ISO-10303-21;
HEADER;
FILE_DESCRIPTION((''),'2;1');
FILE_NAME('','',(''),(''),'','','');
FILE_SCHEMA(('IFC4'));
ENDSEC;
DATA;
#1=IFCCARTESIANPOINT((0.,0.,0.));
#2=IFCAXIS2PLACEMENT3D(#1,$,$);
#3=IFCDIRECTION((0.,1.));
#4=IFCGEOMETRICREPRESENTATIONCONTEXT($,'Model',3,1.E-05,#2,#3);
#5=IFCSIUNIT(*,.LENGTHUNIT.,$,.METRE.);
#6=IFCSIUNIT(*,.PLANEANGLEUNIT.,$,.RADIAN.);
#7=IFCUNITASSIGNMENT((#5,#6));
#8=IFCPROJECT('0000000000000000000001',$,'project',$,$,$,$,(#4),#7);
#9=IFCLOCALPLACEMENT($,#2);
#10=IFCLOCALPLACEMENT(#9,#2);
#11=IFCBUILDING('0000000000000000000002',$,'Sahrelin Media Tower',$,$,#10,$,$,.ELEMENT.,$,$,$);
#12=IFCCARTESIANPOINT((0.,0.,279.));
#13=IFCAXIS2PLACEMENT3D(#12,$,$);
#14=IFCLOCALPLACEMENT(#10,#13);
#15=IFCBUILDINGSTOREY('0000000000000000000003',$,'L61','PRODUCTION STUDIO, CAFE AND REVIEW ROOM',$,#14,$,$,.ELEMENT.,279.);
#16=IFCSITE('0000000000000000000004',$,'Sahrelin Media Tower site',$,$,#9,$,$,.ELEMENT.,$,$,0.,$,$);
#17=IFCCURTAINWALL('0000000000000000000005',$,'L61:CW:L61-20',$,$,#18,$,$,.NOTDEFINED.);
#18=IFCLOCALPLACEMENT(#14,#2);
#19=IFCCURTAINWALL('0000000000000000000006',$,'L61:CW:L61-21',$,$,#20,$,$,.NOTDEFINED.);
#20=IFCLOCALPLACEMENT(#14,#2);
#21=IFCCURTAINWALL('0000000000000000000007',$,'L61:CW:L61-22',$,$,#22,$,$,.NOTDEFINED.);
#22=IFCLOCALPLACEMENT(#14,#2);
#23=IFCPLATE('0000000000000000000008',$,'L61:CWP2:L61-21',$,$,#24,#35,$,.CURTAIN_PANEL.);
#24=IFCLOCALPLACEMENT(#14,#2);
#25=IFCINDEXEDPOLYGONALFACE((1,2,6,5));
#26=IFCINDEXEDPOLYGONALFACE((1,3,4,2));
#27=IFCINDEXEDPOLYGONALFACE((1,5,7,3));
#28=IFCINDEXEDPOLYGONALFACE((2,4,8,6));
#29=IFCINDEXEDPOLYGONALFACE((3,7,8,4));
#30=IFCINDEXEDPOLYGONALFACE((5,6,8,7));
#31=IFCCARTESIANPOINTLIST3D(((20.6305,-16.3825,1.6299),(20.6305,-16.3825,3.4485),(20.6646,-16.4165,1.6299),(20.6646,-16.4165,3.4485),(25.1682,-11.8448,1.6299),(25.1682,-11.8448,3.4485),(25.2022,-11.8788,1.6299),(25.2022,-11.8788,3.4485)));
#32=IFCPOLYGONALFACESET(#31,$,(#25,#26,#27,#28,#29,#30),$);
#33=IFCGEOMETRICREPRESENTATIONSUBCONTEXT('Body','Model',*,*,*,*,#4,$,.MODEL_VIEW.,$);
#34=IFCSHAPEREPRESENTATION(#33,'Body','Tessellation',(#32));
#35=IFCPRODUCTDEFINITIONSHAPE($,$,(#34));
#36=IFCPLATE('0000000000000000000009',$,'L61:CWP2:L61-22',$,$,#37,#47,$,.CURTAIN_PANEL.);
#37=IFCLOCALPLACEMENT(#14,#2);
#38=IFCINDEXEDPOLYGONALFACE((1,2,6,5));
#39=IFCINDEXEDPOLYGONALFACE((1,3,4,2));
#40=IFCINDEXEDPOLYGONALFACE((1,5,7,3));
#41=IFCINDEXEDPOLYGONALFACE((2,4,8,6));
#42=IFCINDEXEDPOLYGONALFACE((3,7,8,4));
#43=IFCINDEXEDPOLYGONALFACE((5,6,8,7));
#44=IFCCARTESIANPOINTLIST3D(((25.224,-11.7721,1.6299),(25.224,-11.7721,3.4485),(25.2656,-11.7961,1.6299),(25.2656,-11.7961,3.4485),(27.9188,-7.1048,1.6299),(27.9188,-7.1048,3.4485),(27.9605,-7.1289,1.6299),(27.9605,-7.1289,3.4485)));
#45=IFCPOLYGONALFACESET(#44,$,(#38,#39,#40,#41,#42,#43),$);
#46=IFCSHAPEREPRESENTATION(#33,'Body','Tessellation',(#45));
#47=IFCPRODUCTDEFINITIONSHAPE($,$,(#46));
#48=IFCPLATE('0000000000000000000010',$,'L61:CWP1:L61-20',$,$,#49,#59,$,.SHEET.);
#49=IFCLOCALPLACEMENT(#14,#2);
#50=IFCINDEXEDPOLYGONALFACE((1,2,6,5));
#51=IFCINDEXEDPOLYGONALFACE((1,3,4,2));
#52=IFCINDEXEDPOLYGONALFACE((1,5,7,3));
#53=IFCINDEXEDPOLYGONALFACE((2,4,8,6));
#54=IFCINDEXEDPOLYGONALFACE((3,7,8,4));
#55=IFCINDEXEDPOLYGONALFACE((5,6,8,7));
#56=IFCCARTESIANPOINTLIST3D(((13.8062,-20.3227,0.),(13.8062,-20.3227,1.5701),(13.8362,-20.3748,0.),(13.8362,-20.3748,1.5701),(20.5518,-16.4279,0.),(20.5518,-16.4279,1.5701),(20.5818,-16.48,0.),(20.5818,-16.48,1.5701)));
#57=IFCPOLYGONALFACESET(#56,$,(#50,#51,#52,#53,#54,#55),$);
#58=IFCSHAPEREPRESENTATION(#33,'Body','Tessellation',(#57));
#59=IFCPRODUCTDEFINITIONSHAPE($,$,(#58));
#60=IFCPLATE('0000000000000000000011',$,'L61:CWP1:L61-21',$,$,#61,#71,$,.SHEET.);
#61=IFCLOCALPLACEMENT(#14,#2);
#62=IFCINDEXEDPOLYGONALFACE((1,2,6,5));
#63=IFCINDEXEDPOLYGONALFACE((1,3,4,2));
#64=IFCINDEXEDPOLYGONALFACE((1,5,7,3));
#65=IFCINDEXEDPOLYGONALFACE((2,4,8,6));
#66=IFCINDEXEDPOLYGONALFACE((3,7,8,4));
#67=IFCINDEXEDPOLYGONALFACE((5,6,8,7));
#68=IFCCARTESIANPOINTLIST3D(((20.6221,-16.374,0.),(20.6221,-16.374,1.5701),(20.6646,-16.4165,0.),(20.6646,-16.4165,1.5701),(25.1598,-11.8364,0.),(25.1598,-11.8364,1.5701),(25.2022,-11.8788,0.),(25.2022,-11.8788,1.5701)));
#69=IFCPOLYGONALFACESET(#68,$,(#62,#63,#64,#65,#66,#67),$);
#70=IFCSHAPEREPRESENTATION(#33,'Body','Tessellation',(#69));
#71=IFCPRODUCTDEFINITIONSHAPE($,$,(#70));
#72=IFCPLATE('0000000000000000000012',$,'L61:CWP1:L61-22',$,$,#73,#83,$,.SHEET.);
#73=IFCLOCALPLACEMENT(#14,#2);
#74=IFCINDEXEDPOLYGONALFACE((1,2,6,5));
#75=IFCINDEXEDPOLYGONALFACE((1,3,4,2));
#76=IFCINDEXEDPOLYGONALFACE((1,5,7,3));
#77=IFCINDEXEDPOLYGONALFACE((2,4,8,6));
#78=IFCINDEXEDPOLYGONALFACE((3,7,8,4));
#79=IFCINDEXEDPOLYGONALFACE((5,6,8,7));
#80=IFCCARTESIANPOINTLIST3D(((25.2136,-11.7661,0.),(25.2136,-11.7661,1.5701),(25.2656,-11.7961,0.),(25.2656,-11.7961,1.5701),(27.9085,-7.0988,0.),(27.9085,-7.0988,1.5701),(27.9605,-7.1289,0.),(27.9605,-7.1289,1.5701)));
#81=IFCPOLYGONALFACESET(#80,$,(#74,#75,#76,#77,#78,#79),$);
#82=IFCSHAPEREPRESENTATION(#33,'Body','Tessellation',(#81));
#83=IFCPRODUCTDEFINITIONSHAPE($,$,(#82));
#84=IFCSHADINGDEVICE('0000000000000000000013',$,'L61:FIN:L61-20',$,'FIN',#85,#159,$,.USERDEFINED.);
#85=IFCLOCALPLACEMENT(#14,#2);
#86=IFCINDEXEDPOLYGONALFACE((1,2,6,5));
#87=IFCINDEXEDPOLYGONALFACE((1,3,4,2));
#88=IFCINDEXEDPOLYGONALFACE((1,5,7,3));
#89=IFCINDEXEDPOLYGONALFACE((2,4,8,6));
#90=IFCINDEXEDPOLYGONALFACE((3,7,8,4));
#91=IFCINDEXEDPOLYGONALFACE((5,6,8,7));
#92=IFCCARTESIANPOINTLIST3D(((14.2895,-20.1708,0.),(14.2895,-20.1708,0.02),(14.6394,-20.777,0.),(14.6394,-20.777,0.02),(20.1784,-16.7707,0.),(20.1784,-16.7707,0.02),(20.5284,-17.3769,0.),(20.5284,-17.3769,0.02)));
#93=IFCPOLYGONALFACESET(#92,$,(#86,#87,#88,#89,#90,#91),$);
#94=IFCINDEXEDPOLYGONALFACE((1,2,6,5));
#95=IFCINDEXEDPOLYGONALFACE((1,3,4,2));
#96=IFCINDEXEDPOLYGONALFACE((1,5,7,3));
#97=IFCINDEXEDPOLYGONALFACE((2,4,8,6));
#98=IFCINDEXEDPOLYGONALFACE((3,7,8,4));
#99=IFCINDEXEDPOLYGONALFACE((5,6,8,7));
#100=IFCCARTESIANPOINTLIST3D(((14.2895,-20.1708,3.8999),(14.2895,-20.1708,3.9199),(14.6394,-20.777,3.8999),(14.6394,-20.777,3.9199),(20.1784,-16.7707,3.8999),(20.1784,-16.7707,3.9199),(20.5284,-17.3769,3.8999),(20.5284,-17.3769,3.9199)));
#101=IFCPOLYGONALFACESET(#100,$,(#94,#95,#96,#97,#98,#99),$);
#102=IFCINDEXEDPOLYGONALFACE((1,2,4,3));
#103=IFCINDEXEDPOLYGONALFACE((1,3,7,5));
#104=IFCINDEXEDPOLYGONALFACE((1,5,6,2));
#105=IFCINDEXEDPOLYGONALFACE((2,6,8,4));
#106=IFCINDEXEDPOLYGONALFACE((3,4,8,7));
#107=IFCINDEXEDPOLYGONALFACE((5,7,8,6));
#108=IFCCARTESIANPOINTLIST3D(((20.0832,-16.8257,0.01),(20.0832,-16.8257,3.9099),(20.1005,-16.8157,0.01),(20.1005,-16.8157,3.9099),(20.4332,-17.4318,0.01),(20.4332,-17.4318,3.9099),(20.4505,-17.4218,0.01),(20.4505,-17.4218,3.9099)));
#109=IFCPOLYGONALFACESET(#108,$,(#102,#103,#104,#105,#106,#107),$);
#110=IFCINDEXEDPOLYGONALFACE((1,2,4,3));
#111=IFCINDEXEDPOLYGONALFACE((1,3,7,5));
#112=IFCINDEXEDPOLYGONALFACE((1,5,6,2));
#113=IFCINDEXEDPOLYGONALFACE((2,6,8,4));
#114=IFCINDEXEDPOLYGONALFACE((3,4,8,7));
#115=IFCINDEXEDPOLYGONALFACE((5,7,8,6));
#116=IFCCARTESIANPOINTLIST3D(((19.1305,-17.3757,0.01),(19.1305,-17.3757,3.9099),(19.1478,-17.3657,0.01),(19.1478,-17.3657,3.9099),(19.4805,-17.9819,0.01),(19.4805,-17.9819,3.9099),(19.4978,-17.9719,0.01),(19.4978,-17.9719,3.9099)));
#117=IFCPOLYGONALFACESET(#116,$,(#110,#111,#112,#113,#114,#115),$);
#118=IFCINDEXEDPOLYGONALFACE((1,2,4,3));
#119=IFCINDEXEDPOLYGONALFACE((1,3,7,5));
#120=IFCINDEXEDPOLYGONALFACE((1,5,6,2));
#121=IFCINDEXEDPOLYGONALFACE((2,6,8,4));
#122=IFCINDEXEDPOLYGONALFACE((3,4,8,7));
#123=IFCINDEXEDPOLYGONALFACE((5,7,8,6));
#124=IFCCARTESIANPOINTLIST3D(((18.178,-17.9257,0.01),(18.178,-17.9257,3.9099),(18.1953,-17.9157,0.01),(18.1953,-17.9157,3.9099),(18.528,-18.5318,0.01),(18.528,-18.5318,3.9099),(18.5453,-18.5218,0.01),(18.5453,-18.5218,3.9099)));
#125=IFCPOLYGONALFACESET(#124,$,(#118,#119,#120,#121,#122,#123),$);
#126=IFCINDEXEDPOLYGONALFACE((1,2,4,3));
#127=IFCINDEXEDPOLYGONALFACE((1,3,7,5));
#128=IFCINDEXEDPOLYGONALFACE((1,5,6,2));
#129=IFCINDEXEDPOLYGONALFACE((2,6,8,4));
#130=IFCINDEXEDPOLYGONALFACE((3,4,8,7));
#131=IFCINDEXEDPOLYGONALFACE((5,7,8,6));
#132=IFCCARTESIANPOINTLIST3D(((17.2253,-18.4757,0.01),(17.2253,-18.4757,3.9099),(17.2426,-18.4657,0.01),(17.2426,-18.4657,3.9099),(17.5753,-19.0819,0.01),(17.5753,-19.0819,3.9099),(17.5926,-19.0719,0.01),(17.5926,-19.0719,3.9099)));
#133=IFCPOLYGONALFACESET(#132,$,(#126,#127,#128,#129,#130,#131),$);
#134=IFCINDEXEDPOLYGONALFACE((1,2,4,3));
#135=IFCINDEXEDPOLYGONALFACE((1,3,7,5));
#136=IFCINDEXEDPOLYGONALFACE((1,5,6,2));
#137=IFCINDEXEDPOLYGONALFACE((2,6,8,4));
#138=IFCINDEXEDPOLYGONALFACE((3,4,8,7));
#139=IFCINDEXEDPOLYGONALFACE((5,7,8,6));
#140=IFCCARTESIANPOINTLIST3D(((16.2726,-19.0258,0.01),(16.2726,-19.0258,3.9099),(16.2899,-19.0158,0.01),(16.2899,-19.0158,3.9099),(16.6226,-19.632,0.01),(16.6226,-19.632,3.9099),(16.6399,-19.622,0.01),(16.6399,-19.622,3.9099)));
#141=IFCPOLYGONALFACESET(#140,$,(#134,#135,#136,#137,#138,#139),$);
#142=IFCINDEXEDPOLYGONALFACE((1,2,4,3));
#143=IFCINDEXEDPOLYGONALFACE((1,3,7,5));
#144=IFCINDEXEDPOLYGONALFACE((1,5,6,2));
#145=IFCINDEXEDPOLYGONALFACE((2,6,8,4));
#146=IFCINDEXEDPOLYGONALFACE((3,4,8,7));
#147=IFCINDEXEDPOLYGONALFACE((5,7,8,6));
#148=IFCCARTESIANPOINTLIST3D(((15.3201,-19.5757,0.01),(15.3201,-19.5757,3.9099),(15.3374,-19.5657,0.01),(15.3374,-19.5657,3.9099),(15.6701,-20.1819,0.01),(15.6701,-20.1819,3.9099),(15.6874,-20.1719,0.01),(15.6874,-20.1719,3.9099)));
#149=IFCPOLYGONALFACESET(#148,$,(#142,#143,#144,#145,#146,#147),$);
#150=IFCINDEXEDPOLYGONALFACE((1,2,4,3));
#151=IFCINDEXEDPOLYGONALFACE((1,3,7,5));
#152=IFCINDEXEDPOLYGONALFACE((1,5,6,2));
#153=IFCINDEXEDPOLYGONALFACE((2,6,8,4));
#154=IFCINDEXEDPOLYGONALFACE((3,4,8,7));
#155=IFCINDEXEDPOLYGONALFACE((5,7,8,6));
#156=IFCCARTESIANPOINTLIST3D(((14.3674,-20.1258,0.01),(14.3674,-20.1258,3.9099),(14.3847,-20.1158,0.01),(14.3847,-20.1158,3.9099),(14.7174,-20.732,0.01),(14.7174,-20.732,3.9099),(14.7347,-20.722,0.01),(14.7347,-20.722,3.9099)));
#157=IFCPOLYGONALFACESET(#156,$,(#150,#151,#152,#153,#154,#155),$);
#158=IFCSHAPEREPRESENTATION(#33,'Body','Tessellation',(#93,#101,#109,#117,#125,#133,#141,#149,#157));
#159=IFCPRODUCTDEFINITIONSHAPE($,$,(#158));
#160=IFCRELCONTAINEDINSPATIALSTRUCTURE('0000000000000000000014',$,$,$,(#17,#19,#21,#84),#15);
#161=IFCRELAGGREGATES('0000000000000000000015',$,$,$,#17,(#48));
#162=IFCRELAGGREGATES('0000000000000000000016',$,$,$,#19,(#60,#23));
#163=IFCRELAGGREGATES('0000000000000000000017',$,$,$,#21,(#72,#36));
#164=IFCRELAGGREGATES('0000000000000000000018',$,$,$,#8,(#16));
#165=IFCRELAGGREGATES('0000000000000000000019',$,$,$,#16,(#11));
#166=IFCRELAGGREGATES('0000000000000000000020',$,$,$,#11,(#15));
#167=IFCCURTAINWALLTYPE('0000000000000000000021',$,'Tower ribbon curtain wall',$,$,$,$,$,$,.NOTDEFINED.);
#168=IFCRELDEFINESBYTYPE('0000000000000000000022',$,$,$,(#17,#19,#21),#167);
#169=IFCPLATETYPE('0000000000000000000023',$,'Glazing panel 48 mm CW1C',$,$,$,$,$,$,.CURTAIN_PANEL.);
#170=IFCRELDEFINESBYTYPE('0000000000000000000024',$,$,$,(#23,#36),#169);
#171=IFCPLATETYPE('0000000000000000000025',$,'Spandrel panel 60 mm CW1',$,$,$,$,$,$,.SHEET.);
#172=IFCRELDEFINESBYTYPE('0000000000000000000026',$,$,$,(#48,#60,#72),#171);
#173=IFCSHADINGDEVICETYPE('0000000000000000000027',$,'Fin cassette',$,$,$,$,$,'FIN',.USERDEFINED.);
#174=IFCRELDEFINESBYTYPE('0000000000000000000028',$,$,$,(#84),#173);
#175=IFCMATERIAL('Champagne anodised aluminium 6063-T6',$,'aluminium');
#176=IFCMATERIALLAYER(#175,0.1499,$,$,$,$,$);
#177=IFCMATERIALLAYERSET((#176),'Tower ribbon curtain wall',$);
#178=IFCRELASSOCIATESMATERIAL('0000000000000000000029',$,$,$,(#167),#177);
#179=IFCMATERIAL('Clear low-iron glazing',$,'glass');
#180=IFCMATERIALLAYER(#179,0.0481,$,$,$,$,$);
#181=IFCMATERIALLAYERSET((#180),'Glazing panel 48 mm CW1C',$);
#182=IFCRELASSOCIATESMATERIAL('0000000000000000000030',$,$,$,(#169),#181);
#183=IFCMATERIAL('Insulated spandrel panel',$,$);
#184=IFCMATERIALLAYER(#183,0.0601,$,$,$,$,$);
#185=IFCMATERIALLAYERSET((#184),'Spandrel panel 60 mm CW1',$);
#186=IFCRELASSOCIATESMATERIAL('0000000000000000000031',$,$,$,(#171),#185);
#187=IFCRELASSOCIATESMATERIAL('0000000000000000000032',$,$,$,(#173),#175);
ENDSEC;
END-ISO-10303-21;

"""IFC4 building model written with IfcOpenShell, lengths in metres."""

from ifc_helpers import new_model, si_unit, direction, frame, origin, origin_2d, place, context, subcontext, project, spatial, polyline, rectangle, outline, extrude, material, layer, layer_set, type_object, element, aggregate, save


model = new_model("IFC4")

# Units and contexts
model_context = context("Model", 3, precision=1e-05, world=origin(), true_north=direction((0.0, 1.0)))
body_context = subcontext(model_context, "Body", "Model", "MODEL_VIEW")
ifc_project = project(units=[si_unit("LENGTHUNIT", "METRE"), si_unit("PLANEANGLEUNIT", "RADIAN")], contexts=[model_context])

# Site, building, storey
site_placement = place(None, origin())
site = spatial("IfcSite", under=ifc_project, at=site_placement, Name="Sahrelin Media Tower site", CompositionType="ELEMENT", RefElevation=0.0)
building_placement = place(site_placement, origin())
building = spatial("IfcBuilding", under=site, at=building_placement, Name="Sahrelin Media Tower", CompositionType="ELEMENT")
storey_placement = place(building_placement, frame((0.0, 0.0, 279.0)))
storey = spatial("IfcBuildingStorey", under=building, at=storey_placement, Name="L61", Description="PRODUCTION STUDIO, CAFE AND REVIEW ROOM", CompositionType="ELEMENT", Elevation=279.0)

# Curtain walls
ifc_material_1 = material(Name="Champagne anodised aluminium 6063-T6", Category="aluminium")
ifc_layer_1 = layer(ifc_material_1, 0.1499)
ifc_layer_set_1 = layer_set([ifc_layer_1], Name="Tower ribbon curtain wall")
curtain_wall_type = type_object("IfcCurtainWallType", Name="Tower ribbon curtain wall", PredefinedType="NOTDEFINED", material=ifc_layer_set_1)
curtain_wall_1_placement = place(storey_placement, frame((17.199, -18.4102, 0.0), z_axis=(0.0, 0.0, 1.0), x_axis=(1.0, 0.0, 0.0)))
curtain_wall_1 = element("IfcCurtainWall", 1, at=curtain_wall_1_placement, inside=storey, type_object=curtain_wall_type, Name="L61:CW:L61-20", PredefinedType="NOTDEFINED")
curtain_wall_2_placement = place(storey_placement, frame((22.9192, -14.1338, 0.0), z_axis=(0.0, 0.0, 1.0), x_axis=(1.0, 0.0, 0.0)))
curtain_wall_2 = element("IfcCurtainWall", 2, at=curtain_wall_2_placement, inside=storey, type_object=curtain_wall_type, Name="L61:CW:L61-21", PredefinedType="NOTDEFINED")

# Curtain wall
curtain_wall_3_placement = place(storey_placement, frame((26.5957, -9.4524, 0.0), z_axis=(0.0, 0.0, 1.0), x_axis=(1.0, 0.0, 0.0)))
curtain_wall_3 = element("IfcCurtainWall", 3, at=curtain_wall_3_placement, inside=storey, type_object=curtain_wall_type, Name="L61:CW:L61-22", PredefinedType="NOTDEFINED")

# Plates
ifc_material_2 = material(Name="Clear low-iron glazing", Category="glass")
ifc_layer_2 = layer(ifc_material_2, 0.0481)
ifc_layer_set_2 = layer_set([ifc_layer_2], Name="Glazing panel 48 mm CW1C")
plate_type_1 = type_object("IfcPlateType", Name="Glazing panel 48 mm CW1C", PredefinedType="CURTAIN_PANEL", material=ifc_layer_set_2)
plate_1_placement = place(storey_placement, frame((20.6646, -16.4165, 1.6299), z_axis=(0.707107, -0.707107, 0.0), x_axis=(0.707107, 0.707107, 0.0)))
plate_1 = element("IfcPlate", 4, at=plate_1_placement, type_object=plate_type_1, Name="L61:CWP2:L61-21", PredefinedType="CURTAIN_PANEL", context=body_context, shape_type="SweptSolid", body=[
    extrude(outline(polyline([(0.0, 0.0), (6.4172, 0.0), (6.4172, 1.8186), (0.0, 1.8186), (0.0, 0.0)])), origin(), (0.0, 0.0, -1.0), 0.0481),
])
plate_2_placement = place(storey_placement, frame((25.2656, -11.7961, 1.6299), z_axis=(0.86601, -0.500027, 0.0), x_axis=(0.500027, 0.86601, 0.0)))
plate_2 = element("IfcPlate", 5, at=plate_2_placement, type_object=plate_type_1, Name="L61:CWP2:L61-22", PredefinedType="CURTAIN_PANEL", context=body_context, shape_type="SweptSolid", body=[
    extrude(outline(polyline([(0.0, 0.0), (5.3894, 0.0), (5.3894, 1.8186), (0.0, 1.8186), (0.0, 0.0)])), origin(), (0.0, 0.0, -1.0), 0.0481),
])
ifc_material_3 = material(Name="Insulated spandrel panel")
ifc_layer_3 = layer(ifc_material_3, 0.0601)
ifc_layer_set_3 = layer_set([ifc_layer_3], Name="Spandrel panel 60 mm CW1")
plate_type_2 = type_object("IfcPlateType", Name="Spandrel panel 60 mm CW1", PredefinedType="SHEET", material=ifc_layer_set_3)
plate_3_placement = place(storey_placement, frame((13.8362, -20.3748, 0.0), z_axis=(0.500019, -0.866014, 0.0), x_axis=(0.866014, 0.500019, 0.0)))
plate_3 = element("IfcPlate", 6, at=plate_3_placement, type_object=plate_type_2, Name="L61:CWP1:L61-20", PredefinedType="SHEET", context=body_context, shape_type="SweptSolid", body=[
    extrude(outline(polyline([(0.0, 0.0), (7.7893, 0.0), (7.7893, 1.5701), (0.0, 1.5701), (0.0, 0.0)])), origin(), (0.0, 0.0, -1.0), 0.0601),
])
aggregate(curtain_wall_1, [plate_3])
plate_4_placement = place(storey_placement, frame((20.6646, -16.4165, 0.0), z_axis=(0.707107, -0.707107, 0.0), x_axis=(0.707107, 0.707107, 0.0)))
plate_4 = element("IfcPlate", 7, at=plate_4_placement, type_object=plate_type_2, Name="L61:CWP1:L61-21", PredefinedType="SHEET", context=body_context, shape_type="SweptSolid", body=[
    extrude(outline(polyline([(0.0, 0.0), (6.4172, 0.0), (6.4172, 1.5701), (0.0, 1.5701), (0.0, 0.0)])), origin(), (0.0, 0.0, -1.0), 0.0601),
])
aggregate(curtain_wall_2, [plate_4, plate_1])
plate_5_placement = place(storey_placement, frame((25.2656, -11.7961, 0.0), z_axis=(0.86601, -0.500027, 0.0), x_axis=(0.500027, 0.86601, 0.0)))
plate_5 = element("IfcPlate", 8, at=plate_5_placement, type_object=plate_type_2, Name="L61:CWP1:L61-22", PredefinedType="SHEET", context=body_context, shape_type="SweptSolid", body=[
    extrude(outline(polyline([(0.0, 0.0), (5.3894, 0.0), (5.3894, 1.5701), (0.0, 1.5701), (0.0, 0.0)])), origin(), (0.0, 0.0, -1.0), 0.0601),
])
aggregate(curtain_wall_3, [plate_5, plate_2])

# Shading device
shading_device_type_1 = type_object("IfcShadingDeviceType", Name="Fin cassette", ElementType="FIN", PredefinedType="USERDEFINED", material=ifc_material_1)
placement_1 = place(storey_placement, frame((17.199, -18.4102, 0.0), z_axis=(0.0, 0.0, 1.0), x_axis=(-0.866019, -0.500011, 0.0)))
element("IfcShadingDevice", 9, at=placement_1, inside=storey, type_object=shading_device_type_1, Name="L61:FIN:L61-20", ObjectType="FIN", PredefinedType="USERDEFINED", context=body_context, shape_type="SweptSolid", body=[
    extrude(rectangle(XDim=6.8, YDim=0.7, at=origin_2d()), frame((0.0, 0.4199, 0.0)), (0.0, 0.0, 1.0), 0.02),
    extrude(rectangle(XDim=6.8, YDim=0.7, at=origin_2d()), frame((0.0, 0.4199, 3.8999)), (0.0, 0.0, 1.0), 0.02),
    extrude(rectangle(XDim=0.02, YDim=0.7, at=origin_2d()), frame((-3.3, 0.4199, 0.01), z_axis=(0.0, 0.0, 1.0), x_axis=(1.0, 0.0, 0.0)), (0.0, 0.0, 1.0), 3.8999),
    extrude(rectangle(XDim=0.02, YDim=0.7, at=origin_2d()), frame((-2.2, 0.4199, 0.01), z_axis=(0.0, 0.0, 1.0), x_axis=(1.0, 0.0, 0.0)), (0.0, 0.0, 1.0), 3.8999),
    extrude(rectangle(XDim=0.02, YDim=0.7, at=origin_2d()), frame((-1.1001, 0.4199, 0.01), z_axis=(0.0, 0.0, 1.0), x_axis=(1.0, 0.0, 0.0)), (0.0, 0.0, 1.0), 3.8999),
    extrude(rectangle(XDim=0.02, YDim=0.7, at=origin_2d()), frame((0.0, 0.4199, 0.01), z_axis=(0.0, 0.0, 1.0), x_axis=(1.0, 0.0, 0.0)), (0.0, 0.0, 1.0), 3.8999),
    extrude(rectangle(XDim=0.02, YDim=0.7, at=origin_2d()), frame((1.1001, 0.4199, 0.01), z_axis=(0.0, 0.0, 1.0), x_axis=(1.0, 0.0, 0.0)), (0.0, 0.0, 1.0), 3.8999),
    extrude(rectangle(XDim=0.02, YDim=0.7, at=origin_2d()), frame((2.2, 0.4199, 0.01), z_axis=(0.0, 0.0, 1.0), x_axis=(1.0, 0.0, 0.0)), (0.0, 0.0, 1.0), 3.8999),
    extrude(rectangle(XDim=0.02, YDim=0.7, at=origin_2d()), frame((3.3, 0.4199, 0.01), z_axis=(0.0, 0.0, 1.0), x_axis=(1.0, 0.0, 0.0)), (0.0, 0.0, 1.0), 3.8999),
])

save(model, "model.ifc")
